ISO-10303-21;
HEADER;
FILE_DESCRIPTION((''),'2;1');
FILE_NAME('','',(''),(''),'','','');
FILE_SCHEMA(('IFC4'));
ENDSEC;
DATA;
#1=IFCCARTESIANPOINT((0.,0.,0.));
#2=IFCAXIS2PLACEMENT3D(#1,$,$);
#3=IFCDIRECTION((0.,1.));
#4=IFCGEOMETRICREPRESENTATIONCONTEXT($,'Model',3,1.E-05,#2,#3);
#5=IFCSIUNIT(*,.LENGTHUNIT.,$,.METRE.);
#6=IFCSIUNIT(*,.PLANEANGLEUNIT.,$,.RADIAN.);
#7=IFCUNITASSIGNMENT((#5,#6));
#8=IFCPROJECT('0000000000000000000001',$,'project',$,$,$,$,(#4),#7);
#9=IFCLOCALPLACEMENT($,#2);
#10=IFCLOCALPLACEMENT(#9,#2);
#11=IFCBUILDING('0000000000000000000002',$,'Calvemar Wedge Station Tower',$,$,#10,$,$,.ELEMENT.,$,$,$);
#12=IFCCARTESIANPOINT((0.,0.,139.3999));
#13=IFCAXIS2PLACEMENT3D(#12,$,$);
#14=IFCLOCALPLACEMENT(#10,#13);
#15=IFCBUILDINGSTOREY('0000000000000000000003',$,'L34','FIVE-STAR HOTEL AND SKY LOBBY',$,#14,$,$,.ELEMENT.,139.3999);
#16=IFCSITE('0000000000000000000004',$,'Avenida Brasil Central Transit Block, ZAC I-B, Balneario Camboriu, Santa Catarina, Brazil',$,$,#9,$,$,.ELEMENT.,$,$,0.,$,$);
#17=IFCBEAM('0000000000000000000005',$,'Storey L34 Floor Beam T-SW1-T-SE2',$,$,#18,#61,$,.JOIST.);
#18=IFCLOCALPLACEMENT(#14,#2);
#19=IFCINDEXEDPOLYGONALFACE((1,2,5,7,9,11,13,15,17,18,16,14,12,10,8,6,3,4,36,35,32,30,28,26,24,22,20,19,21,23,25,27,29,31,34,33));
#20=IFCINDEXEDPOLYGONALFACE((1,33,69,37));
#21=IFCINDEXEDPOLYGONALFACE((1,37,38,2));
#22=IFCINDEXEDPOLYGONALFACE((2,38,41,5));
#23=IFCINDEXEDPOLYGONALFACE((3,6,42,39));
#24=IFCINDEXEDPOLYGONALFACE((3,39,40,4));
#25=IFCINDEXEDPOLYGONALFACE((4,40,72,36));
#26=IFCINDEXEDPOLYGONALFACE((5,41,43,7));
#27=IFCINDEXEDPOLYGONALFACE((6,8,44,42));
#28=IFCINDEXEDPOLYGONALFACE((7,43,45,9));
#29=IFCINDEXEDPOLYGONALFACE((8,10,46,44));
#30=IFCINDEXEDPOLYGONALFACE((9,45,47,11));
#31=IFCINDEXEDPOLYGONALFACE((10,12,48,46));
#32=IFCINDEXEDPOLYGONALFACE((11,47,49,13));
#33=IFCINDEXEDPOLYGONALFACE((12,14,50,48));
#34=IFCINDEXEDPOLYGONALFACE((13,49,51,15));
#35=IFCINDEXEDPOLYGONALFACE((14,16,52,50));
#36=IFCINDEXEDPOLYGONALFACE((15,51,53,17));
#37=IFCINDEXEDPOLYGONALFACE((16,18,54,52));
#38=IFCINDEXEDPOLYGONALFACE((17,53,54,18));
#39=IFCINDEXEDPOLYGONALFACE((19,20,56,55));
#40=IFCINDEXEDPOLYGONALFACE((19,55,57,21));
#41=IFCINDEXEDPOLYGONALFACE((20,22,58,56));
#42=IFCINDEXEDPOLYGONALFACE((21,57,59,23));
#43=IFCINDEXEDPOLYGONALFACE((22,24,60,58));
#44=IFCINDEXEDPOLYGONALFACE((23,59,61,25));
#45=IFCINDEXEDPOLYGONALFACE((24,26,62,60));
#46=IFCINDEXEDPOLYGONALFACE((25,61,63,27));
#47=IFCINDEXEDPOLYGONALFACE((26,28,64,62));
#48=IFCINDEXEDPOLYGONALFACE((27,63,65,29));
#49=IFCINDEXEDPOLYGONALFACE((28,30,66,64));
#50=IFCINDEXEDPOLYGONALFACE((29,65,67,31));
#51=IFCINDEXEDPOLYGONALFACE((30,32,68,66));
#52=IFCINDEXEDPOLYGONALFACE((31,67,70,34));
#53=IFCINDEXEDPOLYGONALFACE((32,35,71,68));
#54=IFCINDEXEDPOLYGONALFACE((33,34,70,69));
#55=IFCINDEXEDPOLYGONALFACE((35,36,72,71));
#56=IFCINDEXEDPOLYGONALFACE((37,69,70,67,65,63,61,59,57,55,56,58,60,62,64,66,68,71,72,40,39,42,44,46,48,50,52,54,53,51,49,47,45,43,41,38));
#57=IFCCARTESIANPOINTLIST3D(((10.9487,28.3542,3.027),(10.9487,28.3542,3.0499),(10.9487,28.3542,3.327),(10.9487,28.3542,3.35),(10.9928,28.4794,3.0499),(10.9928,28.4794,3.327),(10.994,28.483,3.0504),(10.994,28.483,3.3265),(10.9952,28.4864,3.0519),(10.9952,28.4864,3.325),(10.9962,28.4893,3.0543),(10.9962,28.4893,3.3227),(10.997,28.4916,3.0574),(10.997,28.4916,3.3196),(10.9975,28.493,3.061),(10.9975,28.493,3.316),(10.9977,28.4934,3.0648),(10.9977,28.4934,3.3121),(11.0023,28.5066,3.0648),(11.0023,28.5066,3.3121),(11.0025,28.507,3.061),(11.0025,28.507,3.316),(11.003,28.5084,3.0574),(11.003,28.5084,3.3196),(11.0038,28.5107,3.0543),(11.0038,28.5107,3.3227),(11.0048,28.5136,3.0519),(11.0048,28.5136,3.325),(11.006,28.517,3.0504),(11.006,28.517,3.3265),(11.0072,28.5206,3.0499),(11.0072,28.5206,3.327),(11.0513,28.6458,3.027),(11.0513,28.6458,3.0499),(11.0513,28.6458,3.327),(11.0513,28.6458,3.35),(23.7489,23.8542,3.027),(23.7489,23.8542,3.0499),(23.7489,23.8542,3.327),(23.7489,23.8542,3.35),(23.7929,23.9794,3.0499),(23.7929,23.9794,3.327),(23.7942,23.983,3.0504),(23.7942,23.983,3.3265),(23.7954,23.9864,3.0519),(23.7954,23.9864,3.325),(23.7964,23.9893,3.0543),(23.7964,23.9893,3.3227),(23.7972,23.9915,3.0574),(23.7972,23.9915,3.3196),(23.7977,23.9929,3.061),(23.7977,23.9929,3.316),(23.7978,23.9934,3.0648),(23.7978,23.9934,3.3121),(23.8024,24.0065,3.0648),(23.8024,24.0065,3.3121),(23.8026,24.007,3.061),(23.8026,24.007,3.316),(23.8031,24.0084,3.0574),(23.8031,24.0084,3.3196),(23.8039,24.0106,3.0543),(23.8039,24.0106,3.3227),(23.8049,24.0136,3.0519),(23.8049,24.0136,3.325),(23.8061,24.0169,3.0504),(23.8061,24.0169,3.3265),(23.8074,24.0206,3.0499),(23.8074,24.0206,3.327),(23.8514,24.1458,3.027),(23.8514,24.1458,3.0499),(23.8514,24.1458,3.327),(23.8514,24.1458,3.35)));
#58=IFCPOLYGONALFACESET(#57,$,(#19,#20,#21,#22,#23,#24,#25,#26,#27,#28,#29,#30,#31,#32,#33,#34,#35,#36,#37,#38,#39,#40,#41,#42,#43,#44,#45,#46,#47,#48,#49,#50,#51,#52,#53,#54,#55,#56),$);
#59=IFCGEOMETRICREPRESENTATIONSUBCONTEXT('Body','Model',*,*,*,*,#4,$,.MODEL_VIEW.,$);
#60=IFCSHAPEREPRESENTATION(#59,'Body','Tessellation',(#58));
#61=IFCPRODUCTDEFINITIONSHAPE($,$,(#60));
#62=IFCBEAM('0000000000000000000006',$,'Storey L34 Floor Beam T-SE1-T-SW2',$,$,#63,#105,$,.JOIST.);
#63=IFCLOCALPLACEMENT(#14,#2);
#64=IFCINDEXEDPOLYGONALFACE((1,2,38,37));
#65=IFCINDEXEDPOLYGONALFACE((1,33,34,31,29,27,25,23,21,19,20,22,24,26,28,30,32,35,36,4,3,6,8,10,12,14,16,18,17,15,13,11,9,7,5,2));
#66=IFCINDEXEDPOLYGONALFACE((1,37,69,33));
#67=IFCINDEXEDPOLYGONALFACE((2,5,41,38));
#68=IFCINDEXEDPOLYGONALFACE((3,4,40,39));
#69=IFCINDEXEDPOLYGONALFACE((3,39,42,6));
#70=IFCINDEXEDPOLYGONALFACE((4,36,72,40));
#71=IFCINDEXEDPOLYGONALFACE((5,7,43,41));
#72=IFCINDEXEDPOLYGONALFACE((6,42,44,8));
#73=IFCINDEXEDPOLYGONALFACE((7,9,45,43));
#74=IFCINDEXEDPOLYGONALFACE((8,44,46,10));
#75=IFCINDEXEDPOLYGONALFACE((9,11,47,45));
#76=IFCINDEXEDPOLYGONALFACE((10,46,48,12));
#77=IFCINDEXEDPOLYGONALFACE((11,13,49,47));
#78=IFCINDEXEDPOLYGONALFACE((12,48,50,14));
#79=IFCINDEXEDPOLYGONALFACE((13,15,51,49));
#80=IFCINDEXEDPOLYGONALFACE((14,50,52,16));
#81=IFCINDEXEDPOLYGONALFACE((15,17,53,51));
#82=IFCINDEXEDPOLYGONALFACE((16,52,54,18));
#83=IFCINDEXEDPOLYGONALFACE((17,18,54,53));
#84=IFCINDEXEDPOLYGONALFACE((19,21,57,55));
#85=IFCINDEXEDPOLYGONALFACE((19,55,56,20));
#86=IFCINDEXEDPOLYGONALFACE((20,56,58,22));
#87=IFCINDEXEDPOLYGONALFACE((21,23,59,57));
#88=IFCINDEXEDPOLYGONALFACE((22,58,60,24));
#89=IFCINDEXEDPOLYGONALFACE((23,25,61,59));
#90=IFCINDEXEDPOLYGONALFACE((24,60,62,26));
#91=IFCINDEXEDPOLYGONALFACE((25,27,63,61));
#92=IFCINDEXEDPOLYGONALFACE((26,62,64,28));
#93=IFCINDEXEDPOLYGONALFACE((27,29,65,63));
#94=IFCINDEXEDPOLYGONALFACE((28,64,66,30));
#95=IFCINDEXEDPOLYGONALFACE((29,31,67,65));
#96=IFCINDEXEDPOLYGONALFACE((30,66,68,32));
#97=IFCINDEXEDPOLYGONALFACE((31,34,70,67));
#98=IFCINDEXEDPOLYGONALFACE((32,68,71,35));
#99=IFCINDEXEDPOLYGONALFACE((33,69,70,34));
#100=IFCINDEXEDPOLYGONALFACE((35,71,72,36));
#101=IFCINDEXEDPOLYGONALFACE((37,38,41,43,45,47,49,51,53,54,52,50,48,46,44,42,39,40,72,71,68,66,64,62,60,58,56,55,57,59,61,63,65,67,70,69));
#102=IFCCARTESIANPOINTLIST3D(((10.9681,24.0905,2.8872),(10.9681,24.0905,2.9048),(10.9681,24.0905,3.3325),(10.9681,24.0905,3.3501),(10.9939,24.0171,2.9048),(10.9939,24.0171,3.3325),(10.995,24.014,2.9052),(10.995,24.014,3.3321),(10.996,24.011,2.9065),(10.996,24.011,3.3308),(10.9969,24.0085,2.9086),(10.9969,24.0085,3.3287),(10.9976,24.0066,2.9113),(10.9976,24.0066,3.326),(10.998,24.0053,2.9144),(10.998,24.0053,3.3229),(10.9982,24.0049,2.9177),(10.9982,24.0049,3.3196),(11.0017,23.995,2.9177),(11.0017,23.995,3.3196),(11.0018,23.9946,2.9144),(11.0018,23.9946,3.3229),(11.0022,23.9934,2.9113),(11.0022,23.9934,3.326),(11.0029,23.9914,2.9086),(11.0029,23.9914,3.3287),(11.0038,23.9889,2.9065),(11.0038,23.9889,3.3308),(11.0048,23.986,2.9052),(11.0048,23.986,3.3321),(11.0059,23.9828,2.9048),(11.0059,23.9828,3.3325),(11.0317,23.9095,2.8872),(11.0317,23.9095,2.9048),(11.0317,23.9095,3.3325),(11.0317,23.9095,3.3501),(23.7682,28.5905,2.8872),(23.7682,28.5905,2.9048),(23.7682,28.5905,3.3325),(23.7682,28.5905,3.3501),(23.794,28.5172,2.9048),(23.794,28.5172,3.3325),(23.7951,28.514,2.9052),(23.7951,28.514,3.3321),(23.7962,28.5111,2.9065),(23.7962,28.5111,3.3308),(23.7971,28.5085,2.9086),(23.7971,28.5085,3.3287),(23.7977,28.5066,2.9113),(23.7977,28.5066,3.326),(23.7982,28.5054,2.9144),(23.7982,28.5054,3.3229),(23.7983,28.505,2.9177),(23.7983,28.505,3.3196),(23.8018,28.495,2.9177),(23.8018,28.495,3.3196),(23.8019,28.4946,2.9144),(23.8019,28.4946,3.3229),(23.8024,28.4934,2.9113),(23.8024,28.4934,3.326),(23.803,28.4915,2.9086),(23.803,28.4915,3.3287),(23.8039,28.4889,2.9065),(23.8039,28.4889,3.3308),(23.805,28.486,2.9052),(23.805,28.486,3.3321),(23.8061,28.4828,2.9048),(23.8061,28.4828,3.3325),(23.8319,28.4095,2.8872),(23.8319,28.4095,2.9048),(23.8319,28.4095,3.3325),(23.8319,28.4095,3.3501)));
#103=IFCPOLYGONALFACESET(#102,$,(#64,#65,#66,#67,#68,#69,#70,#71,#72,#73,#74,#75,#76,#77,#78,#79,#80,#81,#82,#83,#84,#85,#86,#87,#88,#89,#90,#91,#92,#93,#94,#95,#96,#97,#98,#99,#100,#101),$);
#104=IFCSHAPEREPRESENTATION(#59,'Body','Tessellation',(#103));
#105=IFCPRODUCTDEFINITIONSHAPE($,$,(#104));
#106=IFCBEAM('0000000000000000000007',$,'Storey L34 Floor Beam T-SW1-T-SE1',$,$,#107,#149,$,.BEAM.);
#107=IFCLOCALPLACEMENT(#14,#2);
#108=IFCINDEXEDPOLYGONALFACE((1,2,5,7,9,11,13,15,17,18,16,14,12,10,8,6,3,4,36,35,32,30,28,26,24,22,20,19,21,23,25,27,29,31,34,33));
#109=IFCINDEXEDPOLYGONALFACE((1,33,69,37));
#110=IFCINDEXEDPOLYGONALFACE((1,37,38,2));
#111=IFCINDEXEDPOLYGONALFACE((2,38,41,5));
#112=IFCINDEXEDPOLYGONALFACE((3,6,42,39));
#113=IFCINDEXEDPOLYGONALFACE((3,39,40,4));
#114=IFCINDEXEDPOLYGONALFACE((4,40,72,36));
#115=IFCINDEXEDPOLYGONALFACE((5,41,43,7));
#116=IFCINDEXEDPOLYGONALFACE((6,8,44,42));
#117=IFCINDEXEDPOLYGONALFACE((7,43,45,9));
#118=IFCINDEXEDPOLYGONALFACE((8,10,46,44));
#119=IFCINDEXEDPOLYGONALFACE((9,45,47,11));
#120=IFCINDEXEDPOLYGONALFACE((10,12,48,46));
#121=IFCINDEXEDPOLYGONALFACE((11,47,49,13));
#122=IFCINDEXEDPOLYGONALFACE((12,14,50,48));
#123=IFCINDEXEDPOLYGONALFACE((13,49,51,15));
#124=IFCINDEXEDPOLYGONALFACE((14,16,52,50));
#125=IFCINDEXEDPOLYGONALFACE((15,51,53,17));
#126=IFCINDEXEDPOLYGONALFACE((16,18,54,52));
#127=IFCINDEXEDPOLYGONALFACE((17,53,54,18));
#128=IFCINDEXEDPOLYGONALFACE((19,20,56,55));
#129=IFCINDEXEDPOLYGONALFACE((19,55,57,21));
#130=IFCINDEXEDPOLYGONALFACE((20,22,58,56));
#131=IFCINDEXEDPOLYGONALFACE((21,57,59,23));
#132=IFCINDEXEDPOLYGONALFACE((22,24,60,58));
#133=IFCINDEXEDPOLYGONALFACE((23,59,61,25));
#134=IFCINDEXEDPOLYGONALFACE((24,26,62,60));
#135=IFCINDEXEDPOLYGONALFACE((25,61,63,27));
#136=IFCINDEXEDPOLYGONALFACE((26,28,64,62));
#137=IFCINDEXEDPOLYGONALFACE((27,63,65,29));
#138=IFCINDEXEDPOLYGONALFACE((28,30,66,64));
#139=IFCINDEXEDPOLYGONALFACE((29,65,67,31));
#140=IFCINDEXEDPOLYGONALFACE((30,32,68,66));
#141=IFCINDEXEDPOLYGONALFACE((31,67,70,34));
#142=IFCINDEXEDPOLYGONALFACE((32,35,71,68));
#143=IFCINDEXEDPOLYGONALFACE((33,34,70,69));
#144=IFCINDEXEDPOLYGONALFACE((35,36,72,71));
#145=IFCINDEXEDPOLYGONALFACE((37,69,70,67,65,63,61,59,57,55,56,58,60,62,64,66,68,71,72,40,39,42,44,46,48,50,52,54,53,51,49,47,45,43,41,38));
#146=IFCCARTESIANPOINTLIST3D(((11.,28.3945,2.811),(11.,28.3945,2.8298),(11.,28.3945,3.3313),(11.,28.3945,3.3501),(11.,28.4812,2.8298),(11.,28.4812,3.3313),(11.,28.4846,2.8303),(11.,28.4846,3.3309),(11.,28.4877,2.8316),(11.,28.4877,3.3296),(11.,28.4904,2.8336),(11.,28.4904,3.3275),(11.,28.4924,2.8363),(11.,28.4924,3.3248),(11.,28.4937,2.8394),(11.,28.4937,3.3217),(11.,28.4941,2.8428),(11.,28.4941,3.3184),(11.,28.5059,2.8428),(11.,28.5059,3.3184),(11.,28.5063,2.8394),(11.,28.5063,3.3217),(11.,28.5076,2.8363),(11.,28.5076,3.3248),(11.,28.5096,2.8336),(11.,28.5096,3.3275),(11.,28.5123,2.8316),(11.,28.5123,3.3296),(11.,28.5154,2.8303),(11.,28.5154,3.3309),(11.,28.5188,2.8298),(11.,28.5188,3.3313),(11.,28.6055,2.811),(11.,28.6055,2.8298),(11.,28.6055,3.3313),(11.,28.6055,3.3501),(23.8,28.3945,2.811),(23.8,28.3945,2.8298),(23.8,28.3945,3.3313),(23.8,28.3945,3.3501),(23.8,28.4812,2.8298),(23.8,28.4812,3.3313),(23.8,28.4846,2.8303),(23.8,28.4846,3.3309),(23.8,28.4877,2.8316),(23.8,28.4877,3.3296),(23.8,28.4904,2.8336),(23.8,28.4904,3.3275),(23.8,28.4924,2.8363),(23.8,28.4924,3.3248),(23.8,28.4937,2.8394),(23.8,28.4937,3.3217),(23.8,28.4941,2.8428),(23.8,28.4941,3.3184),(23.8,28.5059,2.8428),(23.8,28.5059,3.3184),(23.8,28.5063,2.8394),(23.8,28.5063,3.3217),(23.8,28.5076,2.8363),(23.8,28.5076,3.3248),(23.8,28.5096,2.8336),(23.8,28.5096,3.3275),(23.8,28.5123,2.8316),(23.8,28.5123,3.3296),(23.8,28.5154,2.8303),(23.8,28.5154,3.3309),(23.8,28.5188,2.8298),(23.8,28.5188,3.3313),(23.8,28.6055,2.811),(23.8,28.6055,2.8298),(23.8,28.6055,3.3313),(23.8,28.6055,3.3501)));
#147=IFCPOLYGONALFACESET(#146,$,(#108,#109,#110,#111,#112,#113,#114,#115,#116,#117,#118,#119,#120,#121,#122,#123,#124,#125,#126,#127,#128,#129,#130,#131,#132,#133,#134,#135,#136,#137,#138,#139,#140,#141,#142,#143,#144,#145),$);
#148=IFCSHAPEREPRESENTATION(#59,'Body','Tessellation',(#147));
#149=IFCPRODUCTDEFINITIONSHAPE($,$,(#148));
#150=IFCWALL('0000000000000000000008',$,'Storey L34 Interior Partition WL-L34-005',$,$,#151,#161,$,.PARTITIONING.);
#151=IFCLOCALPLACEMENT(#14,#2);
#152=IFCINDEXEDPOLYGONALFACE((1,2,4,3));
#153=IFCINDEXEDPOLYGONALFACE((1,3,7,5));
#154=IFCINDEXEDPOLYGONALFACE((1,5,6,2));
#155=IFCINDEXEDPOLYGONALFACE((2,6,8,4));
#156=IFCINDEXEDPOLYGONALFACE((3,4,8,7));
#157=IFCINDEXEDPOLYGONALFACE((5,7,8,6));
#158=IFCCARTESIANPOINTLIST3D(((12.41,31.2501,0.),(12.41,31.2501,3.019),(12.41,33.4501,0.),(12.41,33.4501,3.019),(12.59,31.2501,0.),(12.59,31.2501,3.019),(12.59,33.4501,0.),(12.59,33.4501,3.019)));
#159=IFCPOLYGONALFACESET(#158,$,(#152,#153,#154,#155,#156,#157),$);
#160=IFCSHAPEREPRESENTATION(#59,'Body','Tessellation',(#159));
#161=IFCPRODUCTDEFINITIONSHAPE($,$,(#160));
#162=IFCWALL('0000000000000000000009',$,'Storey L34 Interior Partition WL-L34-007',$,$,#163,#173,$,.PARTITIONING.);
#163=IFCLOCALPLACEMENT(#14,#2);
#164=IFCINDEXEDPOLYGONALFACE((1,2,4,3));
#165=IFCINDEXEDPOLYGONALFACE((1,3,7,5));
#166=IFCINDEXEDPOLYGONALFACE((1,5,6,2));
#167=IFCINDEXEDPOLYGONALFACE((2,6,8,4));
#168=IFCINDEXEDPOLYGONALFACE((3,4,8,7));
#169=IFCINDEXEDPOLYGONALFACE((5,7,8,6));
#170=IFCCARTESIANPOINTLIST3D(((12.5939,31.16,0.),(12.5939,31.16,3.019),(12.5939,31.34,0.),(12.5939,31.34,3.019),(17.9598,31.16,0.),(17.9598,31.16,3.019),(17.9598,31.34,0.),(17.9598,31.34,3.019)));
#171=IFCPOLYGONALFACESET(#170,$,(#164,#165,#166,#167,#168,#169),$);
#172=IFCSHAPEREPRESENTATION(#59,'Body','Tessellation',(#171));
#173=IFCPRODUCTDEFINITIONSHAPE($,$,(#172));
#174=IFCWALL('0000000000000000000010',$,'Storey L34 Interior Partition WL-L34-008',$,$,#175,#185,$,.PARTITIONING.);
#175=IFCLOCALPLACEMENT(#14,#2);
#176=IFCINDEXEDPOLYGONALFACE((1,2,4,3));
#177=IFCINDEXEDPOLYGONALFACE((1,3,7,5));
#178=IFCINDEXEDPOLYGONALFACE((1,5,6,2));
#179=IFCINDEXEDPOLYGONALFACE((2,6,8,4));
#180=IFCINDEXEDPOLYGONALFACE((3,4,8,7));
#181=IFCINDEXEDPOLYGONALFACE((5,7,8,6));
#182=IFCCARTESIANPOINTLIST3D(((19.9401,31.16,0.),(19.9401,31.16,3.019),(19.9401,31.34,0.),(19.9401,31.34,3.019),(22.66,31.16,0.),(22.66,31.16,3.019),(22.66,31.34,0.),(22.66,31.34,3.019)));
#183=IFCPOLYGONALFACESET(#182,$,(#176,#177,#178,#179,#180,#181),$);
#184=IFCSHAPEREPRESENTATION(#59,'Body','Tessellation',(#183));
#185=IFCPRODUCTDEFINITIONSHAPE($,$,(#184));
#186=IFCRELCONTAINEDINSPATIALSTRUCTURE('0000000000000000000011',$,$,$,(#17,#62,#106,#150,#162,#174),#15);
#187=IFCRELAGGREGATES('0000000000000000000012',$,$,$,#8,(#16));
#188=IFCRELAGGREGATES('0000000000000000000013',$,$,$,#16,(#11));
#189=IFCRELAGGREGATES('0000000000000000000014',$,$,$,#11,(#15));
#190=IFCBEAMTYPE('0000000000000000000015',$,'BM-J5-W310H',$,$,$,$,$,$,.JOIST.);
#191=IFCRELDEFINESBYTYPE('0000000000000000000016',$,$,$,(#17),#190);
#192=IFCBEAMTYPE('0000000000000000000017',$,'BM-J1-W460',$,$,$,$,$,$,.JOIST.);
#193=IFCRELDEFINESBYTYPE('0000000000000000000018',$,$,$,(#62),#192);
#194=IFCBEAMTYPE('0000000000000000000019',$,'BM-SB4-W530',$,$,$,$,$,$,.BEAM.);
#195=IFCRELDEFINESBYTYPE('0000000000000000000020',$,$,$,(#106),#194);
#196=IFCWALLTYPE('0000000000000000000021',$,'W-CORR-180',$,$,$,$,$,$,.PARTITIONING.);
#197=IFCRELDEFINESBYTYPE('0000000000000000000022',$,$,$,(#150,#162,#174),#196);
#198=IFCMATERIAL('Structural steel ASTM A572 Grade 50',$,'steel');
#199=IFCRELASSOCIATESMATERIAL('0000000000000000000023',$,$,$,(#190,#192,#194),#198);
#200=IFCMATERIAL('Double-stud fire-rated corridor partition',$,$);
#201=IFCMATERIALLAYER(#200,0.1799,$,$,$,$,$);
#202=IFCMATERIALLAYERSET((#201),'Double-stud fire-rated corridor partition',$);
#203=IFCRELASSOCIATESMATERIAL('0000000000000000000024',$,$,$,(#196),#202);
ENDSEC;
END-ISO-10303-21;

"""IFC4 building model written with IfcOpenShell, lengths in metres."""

from ifc_helpers import new_model, si_unit, direction, frame, frame_2d, origin, origin_2d, place, context, subcontext, project, spatial, rectangle, i_section, extrude, source, transform, mapped, material, layer, layer_set, material_profile, profile_set, type_object, element, save


model = new_model("IFC4")

# Units and contexts
model_context = context("Model", 3, precision=1e-05, world=origin(), true_north=direction((0.0, 1.0)))
body_context = subcontext(model_context, "Body", "Model", "MODEL_VIEW")
ifc_project = project(units=[si_unit("LENGTHUNIT", "METRE"), si_unit("PLANEANGLEUNIT", "RADIAN")], contexts=[model_context])

# Site, building, storey
site_placement = place(None, origin())
site = spatial("IfcSite", under=ifc_project, at=site_placement, Name="Avenida Brasil Central Transit Block, ZAC I-B, Balneario Camboriu, Santa Catarina, Brazil", CompositionType="ELEMENT", RefElevation=0.0)
building_placement = place(site_placement, origin())
building = spatial("IfcBuilding", under=site, at=building_placement, Name="Calvemar Wedge Station Tower", CompositionType="ELEMENT")
storey_placement = place(building_placement, frame((0.0, 0.0, 139.3999)))
storey = spatial("IfcBuildingStorey", under=building, at=storey_placement, Name="L34", Description="FIVE-STAR HOTEL AND SKY LOBBY", CompositionType="ELEMENT", Elevation=139.3999)

# Beams
ifc_material_1 = material(Name="Structural steel ASTM A572 Grade 50", Category="steel")
ifc_material_profile_1 = material_profile(ifc_material_1, i_section(OverallWidth=0.3091, OverallDepth=0.323, WebThickness=0.0139, FlangeThickness=0.0229, FilletRadius=0.0149, at=origin_2d()), Name="W310x143")
ifc_profile_set_1 = profile_set([ifc_material_profile_1], Name="Structural steel ASTM A572 Grade 50")
beam_type_1 = type_object("IfcBeamType", Name="BM-J5-W310H", PredefinedType="JOIST", material=ifc_profile_set_1)
shared_shape_1 = source(origin(), body_context, "Body", "SweptSolid", [
    extrude(i_section(OverallWidth=0.3091, OverallDepth=0.323, WebThickness=0.0139, FlangeThickness=0.0229, FilletRadius=0.0149, at=origin_2d()), origin(), (0.0, 0.0, 1.0), 13.5681),
])
for number, where, z_axis, x_axis, name in (
    (1, (11.0, 28.5, 3.1885), (0.943398, -0.331662, 0.0), (0.331662, 0.943398, 0.0), "Storey L34 Floor Beam T-SW1-T-SE2"),
):
    element("IfcBeam", number, at=place(storey_placement, frame(where, z_axis=z_axis, x_axis=x_axis)), inside=storey, type_object=beam_type_1, Name=name, PredefinedType="JOIST", context=body_context, shape_type="MappedRepresentation", body=[
        mapped(shared_shape_1, transform((0.0, 0.0, 0.0), scale=1.0)),
    ])
ifc_material_profile_2 = material_profile(ifc_material_1, i_section(OverallWidth=0.1919, OverallDepth=0.4629, WebThickness=0.0105, FlangeThickness=0.0176, FilletRadius=0.0129, at=origin_2d()), Name="W460x89")
ifc_profile_set_2 = profile_set([ifc_material_profile_2], Name="Structural steel ASTM A572 Grade 50")
beam_type_2 = type_object("IfcBeamType", Name="BM-J1-W460", PredefinedType="JOIST", material=ifc_profile_set_2)
shared_shape_2 = source(origin(), body_context, "Body", "SweptSolid", [
    extrude(i_section(OverallWidth=0.1919, OverallDepth=0.4629, WebThickness=0.0105, FlangeThickness=0.0176, FilletRadius=0.0129, at=origin_2d()), origin(), (0.0, 0.0, 1.0), 13.5681),
])
beam_1_placement = place(storey_placement, frame((23.8, 28.5, 3.1187), z_axis=(-0.943398, -0.331662, 0.0), x_axis=(0.331662, -0.943398, 0.0)))
element("IfcBeam", 2, at=beam_1_placement, inside=storey, type_object=beam_type_2, Name="Storey L34 Floor Beam T-SE1-T-SW2", PredefinedType="JOIST", context=body_context, shape_type="MappedRepresentation", body=[
    mapped(shared_shape_2, transform((0.0, 0.0, 0.0), scale=1.0)),
])
ifc_material_profile_3 = material_profile(ifc_material_1, i_section(OverallWidth=0.2109, OverallDepth=0.5391, WebThickness=0.0117, FlangeThickness=0.0188, FilletRadius=0.0129, at=origin_2d()), Name="W530x109")
ifc_profile_set_3 = profile_set([ifc_material_profile_3], Name="Structural steel ASTM A572 Grade 50")
beam_type_3 = type_object("IfcBeamType", Name="BM-SB4-W530", PredefinedType="BEAM", material=ifc_profile_set_3)
shared_shape_3 = source(origin(), body_context, "Body", "SweptSolid", [
    extrude(i_section(OverallWidth=0.2109, OverallDepth=0.5391, WebThickness=0.0117, FlangeThickness=0.0188, FilletRadius=0.0129, at=origin_2d()), origin(), (0.0, 0.0, 1.0), 12.8),
])
beam_2_placement = place(storey_placement, frame((11.0, 28.5, 3.0806), z_axis=(1.0, 0.0, 0.0), x_axis=(0.0, 1.0, 0.0)))
element("IfcBeam", 3, at=beam_2_placement, inside=storey, type_object=beam_type_3, Name="Storey L34 Floor Beam T-SW1-T-SE1", PredefinedType="BEAM", context=body_context, shape_type="MappedRepresentation", body=[
    mapped(shared_shape_3, transform((0.0, 0.0, 0.0), scale=1.0)),
])

# Walls
ifc_material_2 = material(Name="Double-stud fire-rated corridor partition")
ifc_layer_1 = layer(ifc_material_2, 0.1799)
ifc_layer_set_1 = layer_set([ifc_layer_1], Name="Double-stud fire-rated corridor partition")
wall_type_1 = type_object("IfcWallType", Name="W-CORR-180", PredefinedType="PARTITIONING", material=ifc_layer_set_1)
wall_1_placement = place(storey_placement, frame((12.5, 31.25, 0.0), z_axis=(0.0, 0.0, 1.0), x_axis=(0.0, 1.0, 0.0)))
element("IfcWall", 4, at=wall_1_placement, inside=storey, type_object=wall_type_1, Name="Storey L34 Interior Partition WL-L34-005", PredefinedType="PARTITIONING", context=body_context, shape_type="SweptSolid", body=[
    extrude(rectangle(XDim=2.2, YDim=0.1799, at=frame_2d((1.1001, 0.0))), origin(), (0.0, 0.0, 1.0), 3.019),
])
wall_2_placement = place(storey_placement, frame((17.96, 31.25, 0.0), z_axis=(0.0, 0.0, 1.0), x_axis=(-1.0, 0.0, 0.0)))
element("IfcWall", 5, at=wall_2_placement, inside=storey, type_object=wall_type_1, Name="Storey L34 Interior Partition WL-L34-007", PredefinedType="PARTITIONING", context=body_context, shape_type="SweptSolid", body=[
    extrude(rectangle(XDim=5.366, YDim=0.1799, at=frame_2d((2.6831, 0.0))), origin(), (0.0, 0.0, 1.0), 3.019),
])
wall_3_placement = place(storey_placement, frame((22.6599, 31.25, 0.0), z_axis=(0.0, 0.0, 1.0), x_axis=(-1.0, 0.0, 0.0)))
element("IfcWall", 6, at=wall_3_placement, inside=storey, type_object=wall_type_1, Name="Storey L34 Interior Partition WL-L34-008", PredefinedType="PARTITIONING", context=body_context, shape_type="SweptSolid", body=[
    extrude(rectangle(XDim=2.72, YDim=0.1799, at=frame_2d((1.3599, 0.0))), origin(), (0.0, 0.0, 1.0), 3.019),
])

save(model, "model.ifc")
